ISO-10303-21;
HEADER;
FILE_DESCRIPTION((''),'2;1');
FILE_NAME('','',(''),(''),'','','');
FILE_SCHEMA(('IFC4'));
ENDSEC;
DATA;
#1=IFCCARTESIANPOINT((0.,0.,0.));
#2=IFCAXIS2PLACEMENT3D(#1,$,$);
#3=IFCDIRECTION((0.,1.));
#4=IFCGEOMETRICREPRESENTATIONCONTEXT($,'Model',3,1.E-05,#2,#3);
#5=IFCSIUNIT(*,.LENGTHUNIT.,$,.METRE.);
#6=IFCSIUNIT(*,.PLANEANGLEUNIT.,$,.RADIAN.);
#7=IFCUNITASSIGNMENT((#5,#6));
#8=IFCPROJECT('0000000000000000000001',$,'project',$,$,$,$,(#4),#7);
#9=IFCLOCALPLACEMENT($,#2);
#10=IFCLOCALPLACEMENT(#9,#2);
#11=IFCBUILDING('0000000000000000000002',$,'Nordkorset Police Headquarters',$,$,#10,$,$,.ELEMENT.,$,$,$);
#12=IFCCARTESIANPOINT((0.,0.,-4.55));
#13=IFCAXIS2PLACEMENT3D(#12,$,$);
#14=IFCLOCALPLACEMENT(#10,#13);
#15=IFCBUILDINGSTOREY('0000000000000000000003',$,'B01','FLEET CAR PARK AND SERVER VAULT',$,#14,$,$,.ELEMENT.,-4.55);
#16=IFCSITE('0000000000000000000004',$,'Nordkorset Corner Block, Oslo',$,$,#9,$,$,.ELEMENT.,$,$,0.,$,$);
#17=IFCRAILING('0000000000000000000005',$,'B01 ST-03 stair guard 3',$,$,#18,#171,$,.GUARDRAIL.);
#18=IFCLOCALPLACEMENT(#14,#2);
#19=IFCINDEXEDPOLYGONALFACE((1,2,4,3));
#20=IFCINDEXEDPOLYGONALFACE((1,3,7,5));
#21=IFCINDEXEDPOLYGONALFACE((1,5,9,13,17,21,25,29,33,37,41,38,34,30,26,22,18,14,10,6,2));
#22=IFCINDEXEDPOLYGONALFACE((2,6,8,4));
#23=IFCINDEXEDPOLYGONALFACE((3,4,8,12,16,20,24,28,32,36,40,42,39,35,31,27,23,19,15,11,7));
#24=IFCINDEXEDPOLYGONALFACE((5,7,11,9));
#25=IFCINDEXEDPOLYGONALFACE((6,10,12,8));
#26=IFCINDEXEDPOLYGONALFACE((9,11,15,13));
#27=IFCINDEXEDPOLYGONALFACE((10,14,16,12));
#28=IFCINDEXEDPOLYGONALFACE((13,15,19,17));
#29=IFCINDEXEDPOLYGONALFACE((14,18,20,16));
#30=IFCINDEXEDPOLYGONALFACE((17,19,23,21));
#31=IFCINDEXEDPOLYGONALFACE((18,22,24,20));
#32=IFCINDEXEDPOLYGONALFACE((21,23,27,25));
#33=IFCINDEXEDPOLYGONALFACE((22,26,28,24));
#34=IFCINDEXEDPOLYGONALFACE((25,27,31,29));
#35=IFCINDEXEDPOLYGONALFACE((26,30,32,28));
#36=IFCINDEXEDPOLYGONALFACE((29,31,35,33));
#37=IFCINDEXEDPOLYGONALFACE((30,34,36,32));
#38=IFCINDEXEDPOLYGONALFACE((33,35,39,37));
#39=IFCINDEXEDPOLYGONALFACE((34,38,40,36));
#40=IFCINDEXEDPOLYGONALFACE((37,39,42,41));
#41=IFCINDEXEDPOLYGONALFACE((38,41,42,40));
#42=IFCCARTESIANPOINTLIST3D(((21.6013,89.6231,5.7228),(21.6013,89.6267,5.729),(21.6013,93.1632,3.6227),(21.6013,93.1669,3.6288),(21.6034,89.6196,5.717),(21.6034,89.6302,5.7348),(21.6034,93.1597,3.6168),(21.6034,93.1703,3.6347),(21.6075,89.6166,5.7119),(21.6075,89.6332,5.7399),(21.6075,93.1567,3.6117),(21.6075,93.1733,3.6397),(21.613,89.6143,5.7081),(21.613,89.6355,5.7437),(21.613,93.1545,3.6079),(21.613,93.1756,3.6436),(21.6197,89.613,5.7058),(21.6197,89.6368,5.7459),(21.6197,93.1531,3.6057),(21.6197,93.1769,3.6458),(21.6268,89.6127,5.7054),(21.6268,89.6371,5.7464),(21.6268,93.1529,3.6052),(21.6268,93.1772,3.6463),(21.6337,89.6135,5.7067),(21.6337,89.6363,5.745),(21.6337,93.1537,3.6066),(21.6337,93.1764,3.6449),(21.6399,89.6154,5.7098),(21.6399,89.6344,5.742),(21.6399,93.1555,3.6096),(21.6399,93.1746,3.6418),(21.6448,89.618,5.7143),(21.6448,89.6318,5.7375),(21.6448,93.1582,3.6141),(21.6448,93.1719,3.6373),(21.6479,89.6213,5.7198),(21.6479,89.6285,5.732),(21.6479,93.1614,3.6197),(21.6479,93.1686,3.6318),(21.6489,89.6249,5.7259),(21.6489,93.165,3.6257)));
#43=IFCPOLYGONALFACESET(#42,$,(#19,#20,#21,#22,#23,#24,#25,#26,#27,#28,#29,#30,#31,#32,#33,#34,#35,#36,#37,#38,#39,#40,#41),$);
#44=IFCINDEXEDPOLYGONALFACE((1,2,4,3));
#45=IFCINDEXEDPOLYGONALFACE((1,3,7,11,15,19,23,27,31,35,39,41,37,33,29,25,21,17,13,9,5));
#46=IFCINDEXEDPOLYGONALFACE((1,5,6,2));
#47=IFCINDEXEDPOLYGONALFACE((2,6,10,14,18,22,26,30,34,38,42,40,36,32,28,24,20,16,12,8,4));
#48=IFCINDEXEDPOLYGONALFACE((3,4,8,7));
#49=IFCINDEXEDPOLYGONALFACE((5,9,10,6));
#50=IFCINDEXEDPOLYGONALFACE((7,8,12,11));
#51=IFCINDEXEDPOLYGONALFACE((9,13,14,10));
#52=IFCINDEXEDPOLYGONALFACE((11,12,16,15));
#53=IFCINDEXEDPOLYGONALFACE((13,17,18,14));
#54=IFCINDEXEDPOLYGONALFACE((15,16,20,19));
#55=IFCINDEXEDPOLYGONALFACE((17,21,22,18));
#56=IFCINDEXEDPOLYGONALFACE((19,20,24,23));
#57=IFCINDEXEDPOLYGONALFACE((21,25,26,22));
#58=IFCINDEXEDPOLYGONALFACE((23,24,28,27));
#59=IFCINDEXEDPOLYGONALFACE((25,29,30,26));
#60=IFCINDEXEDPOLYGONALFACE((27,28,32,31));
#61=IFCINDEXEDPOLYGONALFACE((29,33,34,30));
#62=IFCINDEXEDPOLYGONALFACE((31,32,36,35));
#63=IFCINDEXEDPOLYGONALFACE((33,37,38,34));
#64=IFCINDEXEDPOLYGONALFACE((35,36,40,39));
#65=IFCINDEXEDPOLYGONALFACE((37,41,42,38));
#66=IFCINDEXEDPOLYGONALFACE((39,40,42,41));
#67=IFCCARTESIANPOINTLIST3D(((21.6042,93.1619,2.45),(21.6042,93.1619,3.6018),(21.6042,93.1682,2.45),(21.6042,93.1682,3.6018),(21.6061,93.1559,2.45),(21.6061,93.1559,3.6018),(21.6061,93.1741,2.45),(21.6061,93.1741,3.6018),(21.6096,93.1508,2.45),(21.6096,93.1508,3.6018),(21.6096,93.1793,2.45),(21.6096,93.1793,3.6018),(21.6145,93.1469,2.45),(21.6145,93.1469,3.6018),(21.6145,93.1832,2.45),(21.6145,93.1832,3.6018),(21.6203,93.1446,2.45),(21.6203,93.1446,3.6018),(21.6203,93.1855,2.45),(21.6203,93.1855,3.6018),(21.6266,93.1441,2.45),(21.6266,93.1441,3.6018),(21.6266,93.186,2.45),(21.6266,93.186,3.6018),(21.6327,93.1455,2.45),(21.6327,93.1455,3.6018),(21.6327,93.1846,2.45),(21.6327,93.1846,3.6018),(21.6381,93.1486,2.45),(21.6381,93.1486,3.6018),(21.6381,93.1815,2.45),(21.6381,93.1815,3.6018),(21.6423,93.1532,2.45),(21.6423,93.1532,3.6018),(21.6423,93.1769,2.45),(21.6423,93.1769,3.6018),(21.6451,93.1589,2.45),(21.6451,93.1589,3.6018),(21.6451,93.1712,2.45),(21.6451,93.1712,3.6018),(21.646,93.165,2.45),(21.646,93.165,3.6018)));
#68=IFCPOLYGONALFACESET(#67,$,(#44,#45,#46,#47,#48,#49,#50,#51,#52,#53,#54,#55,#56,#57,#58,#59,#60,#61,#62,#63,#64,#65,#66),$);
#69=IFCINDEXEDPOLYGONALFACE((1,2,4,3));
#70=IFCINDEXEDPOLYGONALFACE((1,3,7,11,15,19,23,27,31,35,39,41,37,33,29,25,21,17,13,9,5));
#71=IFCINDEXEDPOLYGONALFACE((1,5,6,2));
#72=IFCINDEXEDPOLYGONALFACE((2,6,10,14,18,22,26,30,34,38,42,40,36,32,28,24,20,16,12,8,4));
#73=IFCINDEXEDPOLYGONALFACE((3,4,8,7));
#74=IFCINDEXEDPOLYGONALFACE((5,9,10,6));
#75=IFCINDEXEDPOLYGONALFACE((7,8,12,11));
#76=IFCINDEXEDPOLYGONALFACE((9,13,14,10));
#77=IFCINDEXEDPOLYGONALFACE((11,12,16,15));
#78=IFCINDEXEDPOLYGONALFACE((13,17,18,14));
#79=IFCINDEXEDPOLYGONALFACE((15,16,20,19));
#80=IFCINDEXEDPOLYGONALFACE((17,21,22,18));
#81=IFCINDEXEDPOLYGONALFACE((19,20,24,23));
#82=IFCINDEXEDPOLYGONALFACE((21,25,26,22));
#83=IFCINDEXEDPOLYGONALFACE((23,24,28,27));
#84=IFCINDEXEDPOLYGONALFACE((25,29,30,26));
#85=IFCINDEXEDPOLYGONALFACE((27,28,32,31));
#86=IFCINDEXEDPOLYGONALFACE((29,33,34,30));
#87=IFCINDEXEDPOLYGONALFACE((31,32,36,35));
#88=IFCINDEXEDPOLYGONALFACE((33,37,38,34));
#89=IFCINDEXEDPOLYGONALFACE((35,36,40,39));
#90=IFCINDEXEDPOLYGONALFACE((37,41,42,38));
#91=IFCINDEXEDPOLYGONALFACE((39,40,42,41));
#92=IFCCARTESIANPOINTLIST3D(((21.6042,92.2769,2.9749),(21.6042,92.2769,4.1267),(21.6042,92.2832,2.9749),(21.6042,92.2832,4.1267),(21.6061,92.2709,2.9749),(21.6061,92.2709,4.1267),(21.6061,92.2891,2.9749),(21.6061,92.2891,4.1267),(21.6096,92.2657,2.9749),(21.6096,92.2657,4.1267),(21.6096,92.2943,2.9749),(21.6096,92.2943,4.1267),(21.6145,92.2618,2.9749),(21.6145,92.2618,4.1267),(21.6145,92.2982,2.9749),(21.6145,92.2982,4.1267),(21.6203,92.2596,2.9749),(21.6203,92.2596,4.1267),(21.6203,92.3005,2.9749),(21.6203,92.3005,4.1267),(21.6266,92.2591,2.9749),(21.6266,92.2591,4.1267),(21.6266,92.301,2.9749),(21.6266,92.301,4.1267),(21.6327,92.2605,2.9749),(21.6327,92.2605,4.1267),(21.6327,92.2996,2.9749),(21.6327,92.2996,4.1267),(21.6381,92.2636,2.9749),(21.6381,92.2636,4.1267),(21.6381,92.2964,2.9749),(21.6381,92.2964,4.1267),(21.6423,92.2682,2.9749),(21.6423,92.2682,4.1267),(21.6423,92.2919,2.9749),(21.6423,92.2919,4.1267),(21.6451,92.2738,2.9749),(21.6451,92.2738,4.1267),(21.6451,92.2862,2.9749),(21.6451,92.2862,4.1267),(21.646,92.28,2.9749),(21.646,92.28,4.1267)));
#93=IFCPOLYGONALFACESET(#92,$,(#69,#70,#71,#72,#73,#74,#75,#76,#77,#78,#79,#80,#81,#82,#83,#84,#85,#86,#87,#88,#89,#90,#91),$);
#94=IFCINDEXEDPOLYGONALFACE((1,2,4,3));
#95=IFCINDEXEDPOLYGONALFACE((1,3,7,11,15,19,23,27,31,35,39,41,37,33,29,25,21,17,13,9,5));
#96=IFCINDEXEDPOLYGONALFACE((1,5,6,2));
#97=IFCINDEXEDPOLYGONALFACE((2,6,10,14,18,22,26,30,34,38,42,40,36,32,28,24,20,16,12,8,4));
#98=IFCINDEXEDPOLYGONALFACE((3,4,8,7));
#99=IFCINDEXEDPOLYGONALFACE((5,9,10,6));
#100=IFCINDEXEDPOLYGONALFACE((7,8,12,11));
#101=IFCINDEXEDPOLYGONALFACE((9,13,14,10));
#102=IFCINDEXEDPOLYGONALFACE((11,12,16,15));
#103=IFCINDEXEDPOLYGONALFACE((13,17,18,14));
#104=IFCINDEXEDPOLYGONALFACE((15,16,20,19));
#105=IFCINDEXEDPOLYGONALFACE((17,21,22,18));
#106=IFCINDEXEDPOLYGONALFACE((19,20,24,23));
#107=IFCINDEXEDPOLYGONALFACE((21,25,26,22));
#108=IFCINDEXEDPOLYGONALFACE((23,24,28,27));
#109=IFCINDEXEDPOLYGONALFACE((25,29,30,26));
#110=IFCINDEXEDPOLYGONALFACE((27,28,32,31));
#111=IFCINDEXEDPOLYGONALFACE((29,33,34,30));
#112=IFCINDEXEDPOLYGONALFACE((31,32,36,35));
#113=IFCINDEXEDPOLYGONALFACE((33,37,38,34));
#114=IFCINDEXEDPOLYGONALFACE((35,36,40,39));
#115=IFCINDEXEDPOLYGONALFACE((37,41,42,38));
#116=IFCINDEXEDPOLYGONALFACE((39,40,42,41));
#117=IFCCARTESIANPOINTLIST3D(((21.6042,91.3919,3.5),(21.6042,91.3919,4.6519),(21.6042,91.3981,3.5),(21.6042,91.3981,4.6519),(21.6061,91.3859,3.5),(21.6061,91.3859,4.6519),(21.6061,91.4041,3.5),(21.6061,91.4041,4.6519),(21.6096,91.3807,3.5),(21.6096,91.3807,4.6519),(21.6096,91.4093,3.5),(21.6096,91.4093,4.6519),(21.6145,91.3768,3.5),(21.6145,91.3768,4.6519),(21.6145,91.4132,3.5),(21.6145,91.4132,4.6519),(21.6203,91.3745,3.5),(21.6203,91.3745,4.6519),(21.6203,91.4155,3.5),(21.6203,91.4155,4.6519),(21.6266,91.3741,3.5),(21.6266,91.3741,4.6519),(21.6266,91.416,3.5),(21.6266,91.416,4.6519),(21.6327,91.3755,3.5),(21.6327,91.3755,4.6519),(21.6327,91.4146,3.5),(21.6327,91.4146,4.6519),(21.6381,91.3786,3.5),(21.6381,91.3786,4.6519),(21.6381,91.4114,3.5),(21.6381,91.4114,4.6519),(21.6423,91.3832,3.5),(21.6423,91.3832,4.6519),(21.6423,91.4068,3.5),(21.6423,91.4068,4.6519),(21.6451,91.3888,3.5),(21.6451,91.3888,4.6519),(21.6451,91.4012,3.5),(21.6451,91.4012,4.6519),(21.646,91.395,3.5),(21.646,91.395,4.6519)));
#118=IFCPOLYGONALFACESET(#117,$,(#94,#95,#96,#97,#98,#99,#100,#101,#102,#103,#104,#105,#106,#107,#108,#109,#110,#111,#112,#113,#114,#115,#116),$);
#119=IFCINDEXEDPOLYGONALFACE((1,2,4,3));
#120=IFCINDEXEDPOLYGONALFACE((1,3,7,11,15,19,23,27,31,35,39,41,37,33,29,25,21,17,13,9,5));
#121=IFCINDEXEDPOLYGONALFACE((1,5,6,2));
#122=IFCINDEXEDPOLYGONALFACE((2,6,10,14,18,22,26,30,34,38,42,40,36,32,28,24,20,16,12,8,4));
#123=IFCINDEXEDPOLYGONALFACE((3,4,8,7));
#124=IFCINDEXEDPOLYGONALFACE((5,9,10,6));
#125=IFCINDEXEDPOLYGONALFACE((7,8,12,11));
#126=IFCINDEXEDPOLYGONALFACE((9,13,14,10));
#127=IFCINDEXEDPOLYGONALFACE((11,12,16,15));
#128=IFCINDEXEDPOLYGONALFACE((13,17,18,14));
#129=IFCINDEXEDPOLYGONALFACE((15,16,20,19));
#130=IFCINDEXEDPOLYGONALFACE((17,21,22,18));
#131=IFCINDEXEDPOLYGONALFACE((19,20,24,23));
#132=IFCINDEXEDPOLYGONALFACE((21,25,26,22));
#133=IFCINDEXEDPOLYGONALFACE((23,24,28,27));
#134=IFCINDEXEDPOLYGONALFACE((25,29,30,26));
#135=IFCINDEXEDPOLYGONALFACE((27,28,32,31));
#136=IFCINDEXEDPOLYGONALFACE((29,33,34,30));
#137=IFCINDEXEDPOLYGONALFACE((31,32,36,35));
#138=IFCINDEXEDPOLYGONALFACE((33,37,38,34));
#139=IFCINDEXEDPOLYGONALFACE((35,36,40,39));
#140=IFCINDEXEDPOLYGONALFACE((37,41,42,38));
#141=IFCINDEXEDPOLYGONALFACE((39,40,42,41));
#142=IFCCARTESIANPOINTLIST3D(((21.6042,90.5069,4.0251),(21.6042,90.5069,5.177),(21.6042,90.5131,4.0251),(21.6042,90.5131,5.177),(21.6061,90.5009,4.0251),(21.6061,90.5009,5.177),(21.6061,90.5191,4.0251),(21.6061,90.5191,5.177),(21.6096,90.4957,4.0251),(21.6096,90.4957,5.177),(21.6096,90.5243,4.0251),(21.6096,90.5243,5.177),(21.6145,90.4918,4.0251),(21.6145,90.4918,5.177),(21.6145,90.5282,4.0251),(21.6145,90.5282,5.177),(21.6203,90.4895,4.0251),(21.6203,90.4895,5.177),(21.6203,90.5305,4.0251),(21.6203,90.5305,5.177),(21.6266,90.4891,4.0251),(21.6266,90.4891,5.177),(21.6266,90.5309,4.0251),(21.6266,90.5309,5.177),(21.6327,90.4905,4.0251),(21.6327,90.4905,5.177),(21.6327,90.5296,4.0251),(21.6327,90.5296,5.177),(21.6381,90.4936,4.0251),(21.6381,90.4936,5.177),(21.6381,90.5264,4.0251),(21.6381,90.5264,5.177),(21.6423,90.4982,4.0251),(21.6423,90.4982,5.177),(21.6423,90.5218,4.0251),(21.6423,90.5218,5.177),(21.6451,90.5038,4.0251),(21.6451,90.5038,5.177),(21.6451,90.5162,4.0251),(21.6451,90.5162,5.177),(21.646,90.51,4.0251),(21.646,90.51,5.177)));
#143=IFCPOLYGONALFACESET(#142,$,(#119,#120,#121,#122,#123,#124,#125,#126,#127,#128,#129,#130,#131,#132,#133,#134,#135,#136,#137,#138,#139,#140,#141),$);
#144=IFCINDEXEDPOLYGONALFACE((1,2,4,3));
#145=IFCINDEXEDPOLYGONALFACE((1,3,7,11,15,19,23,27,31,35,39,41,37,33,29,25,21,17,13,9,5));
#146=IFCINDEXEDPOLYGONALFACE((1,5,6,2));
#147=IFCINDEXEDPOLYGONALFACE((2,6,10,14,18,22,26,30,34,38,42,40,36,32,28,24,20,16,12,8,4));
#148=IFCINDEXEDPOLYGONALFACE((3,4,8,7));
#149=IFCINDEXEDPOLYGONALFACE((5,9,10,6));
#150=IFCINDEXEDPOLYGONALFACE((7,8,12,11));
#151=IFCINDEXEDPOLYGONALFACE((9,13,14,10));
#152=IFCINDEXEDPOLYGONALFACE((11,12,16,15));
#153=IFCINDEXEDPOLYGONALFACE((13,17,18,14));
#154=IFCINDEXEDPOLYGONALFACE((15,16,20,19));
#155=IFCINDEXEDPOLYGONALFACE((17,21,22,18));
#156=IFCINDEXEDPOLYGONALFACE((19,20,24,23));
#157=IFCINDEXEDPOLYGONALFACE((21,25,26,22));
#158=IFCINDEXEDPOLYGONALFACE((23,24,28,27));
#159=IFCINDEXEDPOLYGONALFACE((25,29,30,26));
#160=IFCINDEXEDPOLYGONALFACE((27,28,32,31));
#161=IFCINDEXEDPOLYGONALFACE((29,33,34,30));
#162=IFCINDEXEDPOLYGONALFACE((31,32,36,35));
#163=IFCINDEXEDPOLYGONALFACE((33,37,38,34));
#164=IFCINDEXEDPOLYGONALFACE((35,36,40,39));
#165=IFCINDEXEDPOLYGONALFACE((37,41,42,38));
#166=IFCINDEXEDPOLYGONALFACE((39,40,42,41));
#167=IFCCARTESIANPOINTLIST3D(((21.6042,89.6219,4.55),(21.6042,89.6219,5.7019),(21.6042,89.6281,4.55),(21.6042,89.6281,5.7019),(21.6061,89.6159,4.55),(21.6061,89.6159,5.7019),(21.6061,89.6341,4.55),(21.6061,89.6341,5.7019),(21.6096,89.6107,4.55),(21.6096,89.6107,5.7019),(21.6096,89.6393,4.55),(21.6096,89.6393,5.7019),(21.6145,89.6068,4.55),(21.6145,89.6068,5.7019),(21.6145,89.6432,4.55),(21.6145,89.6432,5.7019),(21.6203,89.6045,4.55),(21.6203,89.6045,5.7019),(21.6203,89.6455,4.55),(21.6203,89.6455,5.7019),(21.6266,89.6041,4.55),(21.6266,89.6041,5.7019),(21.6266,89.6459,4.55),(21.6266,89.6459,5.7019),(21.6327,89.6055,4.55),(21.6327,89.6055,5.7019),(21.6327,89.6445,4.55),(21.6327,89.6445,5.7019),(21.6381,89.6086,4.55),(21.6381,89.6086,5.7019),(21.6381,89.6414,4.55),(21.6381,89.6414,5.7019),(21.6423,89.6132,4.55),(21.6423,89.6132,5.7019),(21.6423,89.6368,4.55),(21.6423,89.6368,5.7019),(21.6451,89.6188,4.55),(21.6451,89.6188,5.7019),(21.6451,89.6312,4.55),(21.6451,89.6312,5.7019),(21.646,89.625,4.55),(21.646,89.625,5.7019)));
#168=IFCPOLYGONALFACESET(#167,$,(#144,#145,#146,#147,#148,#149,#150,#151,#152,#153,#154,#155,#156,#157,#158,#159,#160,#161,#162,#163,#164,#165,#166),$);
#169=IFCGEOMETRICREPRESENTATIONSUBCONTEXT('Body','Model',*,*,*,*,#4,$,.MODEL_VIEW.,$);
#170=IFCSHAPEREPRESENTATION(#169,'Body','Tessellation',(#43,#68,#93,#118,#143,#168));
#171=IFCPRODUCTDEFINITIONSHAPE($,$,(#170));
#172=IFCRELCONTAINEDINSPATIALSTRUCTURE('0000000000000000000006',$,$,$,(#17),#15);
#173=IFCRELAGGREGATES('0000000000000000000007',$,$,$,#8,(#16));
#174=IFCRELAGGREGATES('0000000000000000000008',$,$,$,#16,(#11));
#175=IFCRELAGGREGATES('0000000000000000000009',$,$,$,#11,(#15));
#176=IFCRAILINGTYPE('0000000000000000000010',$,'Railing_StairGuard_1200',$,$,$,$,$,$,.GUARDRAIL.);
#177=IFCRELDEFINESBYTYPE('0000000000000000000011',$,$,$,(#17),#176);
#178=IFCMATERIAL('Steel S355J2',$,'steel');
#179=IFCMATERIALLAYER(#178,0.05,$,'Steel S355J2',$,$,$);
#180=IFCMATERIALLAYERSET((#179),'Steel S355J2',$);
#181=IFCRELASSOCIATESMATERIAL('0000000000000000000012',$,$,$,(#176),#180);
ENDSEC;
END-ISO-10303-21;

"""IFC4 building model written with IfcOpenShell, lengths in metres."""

from ifc_helpers import new_model, si_unit, direction, frame, origin, origin_2d, place, context, subcontext, project, spatial, circle, extrude, material, layer, layer_set, type_object, element, save


model = new_model("IFC4")

# Units and contexts
model_context = context("Model", 3, precision=1e-05, world=origin(), true_north=direction((0.0, 1.0)))
body_context = subcontext(model_context, "Body", "Model", "MODEL_VIEW")
ifc_project = project(units=[si_unit("LENGTHUNIT", "METRE"), si_unit("PLANEANGLEUNIT", "RADIAN")], contexts=[model_context])

# Site, building, storey
site_placement = place(None, origin())
site = spatial("IfcSite", under=ifc_project, at=site_placement, Name="Nordkorset Corner Block, Oslo", CompositionType="ELEMENT", RefElevation=0.0)
building_placement = place(site_placement, origin())
building = spatial("IfcBuilding", under=site, at=building_placement, Name="Nordkorset Police Headquarters", CompositionType="ELEMENT")
storey_placement = place(building_placement, frame((0.0, 0.0, -4.55)))
storey = spatial("IfcBuildingStorey", under=building, at=storey_placement, Name="B01", Description="FLEET CAR PARK AND SERVER VAULT", CompositionType="ELEMENT", Elevation=-4.55)

# Railing
ifc_material_1 = material(Name="Steel S355J2", Category="steel")
ifc_layer_1 = layer(ifc_material_1, 0.05, Name="Steel S355J2")
ifc_layer_set_1 = layer_set([ifc_layer_1], Name="Steel S355J2")
railing_type_1 = type_object("IfcRailingType", Name="Railing_StairGuard_1200", PredefinedType="GUARDRAIL", material=ifc_layer_set_1)
railing_1_placement = place(storey_placement, frame((21.625, 93.165, 2.45)))
element("IfcRailing", 1, at=railing_1_placement, inside=storey, type_object=railing_type_1, Name="B01 ST-03 stair guard 3", PredefinedType="GUARDRAIL", context=body_context, shape_type="SweptSolid", body=[
    extrude(circle(Radius=0.0239, at=origin_2d()), frame((0.0, 0.0, 1.1758), z_axis=(0.0, -0.860047, 0.510215), x_axis=(1.0, 0.0, 0.0)), (0.0, 0.0, 1.0), 4.1162),
    extrude(circle(Radius=0.021, at=origin_2d()), origin(), (0.0, 0.0, 1.0), 1.1519),
    extrude(circle(Radius=0.021, at=origin_2d()), frame((0.0, -0.885, 0.5249)), (0.0, 0.0, 1.0), 1.1519),
    extrude(circle(Radius=0.021, at=origin_2d()), frame((0.0, -1.77, 1.05)), (0.0, 0.0, 1.0), 1.1519),
    extrude(circle(Radius=0.021, at=origin_2d()), frame((0.0, -2.655, 1.5752)), (0.0, 0.0, 1.0), 1.1519),
    extrude(circle(Radius=0.021, at=origin_2d()), frame((0.0, -3.54, 2.1001)), (0.0, 0.0, 1.0), 1.1519),
])

save(model, "model.ifc")
